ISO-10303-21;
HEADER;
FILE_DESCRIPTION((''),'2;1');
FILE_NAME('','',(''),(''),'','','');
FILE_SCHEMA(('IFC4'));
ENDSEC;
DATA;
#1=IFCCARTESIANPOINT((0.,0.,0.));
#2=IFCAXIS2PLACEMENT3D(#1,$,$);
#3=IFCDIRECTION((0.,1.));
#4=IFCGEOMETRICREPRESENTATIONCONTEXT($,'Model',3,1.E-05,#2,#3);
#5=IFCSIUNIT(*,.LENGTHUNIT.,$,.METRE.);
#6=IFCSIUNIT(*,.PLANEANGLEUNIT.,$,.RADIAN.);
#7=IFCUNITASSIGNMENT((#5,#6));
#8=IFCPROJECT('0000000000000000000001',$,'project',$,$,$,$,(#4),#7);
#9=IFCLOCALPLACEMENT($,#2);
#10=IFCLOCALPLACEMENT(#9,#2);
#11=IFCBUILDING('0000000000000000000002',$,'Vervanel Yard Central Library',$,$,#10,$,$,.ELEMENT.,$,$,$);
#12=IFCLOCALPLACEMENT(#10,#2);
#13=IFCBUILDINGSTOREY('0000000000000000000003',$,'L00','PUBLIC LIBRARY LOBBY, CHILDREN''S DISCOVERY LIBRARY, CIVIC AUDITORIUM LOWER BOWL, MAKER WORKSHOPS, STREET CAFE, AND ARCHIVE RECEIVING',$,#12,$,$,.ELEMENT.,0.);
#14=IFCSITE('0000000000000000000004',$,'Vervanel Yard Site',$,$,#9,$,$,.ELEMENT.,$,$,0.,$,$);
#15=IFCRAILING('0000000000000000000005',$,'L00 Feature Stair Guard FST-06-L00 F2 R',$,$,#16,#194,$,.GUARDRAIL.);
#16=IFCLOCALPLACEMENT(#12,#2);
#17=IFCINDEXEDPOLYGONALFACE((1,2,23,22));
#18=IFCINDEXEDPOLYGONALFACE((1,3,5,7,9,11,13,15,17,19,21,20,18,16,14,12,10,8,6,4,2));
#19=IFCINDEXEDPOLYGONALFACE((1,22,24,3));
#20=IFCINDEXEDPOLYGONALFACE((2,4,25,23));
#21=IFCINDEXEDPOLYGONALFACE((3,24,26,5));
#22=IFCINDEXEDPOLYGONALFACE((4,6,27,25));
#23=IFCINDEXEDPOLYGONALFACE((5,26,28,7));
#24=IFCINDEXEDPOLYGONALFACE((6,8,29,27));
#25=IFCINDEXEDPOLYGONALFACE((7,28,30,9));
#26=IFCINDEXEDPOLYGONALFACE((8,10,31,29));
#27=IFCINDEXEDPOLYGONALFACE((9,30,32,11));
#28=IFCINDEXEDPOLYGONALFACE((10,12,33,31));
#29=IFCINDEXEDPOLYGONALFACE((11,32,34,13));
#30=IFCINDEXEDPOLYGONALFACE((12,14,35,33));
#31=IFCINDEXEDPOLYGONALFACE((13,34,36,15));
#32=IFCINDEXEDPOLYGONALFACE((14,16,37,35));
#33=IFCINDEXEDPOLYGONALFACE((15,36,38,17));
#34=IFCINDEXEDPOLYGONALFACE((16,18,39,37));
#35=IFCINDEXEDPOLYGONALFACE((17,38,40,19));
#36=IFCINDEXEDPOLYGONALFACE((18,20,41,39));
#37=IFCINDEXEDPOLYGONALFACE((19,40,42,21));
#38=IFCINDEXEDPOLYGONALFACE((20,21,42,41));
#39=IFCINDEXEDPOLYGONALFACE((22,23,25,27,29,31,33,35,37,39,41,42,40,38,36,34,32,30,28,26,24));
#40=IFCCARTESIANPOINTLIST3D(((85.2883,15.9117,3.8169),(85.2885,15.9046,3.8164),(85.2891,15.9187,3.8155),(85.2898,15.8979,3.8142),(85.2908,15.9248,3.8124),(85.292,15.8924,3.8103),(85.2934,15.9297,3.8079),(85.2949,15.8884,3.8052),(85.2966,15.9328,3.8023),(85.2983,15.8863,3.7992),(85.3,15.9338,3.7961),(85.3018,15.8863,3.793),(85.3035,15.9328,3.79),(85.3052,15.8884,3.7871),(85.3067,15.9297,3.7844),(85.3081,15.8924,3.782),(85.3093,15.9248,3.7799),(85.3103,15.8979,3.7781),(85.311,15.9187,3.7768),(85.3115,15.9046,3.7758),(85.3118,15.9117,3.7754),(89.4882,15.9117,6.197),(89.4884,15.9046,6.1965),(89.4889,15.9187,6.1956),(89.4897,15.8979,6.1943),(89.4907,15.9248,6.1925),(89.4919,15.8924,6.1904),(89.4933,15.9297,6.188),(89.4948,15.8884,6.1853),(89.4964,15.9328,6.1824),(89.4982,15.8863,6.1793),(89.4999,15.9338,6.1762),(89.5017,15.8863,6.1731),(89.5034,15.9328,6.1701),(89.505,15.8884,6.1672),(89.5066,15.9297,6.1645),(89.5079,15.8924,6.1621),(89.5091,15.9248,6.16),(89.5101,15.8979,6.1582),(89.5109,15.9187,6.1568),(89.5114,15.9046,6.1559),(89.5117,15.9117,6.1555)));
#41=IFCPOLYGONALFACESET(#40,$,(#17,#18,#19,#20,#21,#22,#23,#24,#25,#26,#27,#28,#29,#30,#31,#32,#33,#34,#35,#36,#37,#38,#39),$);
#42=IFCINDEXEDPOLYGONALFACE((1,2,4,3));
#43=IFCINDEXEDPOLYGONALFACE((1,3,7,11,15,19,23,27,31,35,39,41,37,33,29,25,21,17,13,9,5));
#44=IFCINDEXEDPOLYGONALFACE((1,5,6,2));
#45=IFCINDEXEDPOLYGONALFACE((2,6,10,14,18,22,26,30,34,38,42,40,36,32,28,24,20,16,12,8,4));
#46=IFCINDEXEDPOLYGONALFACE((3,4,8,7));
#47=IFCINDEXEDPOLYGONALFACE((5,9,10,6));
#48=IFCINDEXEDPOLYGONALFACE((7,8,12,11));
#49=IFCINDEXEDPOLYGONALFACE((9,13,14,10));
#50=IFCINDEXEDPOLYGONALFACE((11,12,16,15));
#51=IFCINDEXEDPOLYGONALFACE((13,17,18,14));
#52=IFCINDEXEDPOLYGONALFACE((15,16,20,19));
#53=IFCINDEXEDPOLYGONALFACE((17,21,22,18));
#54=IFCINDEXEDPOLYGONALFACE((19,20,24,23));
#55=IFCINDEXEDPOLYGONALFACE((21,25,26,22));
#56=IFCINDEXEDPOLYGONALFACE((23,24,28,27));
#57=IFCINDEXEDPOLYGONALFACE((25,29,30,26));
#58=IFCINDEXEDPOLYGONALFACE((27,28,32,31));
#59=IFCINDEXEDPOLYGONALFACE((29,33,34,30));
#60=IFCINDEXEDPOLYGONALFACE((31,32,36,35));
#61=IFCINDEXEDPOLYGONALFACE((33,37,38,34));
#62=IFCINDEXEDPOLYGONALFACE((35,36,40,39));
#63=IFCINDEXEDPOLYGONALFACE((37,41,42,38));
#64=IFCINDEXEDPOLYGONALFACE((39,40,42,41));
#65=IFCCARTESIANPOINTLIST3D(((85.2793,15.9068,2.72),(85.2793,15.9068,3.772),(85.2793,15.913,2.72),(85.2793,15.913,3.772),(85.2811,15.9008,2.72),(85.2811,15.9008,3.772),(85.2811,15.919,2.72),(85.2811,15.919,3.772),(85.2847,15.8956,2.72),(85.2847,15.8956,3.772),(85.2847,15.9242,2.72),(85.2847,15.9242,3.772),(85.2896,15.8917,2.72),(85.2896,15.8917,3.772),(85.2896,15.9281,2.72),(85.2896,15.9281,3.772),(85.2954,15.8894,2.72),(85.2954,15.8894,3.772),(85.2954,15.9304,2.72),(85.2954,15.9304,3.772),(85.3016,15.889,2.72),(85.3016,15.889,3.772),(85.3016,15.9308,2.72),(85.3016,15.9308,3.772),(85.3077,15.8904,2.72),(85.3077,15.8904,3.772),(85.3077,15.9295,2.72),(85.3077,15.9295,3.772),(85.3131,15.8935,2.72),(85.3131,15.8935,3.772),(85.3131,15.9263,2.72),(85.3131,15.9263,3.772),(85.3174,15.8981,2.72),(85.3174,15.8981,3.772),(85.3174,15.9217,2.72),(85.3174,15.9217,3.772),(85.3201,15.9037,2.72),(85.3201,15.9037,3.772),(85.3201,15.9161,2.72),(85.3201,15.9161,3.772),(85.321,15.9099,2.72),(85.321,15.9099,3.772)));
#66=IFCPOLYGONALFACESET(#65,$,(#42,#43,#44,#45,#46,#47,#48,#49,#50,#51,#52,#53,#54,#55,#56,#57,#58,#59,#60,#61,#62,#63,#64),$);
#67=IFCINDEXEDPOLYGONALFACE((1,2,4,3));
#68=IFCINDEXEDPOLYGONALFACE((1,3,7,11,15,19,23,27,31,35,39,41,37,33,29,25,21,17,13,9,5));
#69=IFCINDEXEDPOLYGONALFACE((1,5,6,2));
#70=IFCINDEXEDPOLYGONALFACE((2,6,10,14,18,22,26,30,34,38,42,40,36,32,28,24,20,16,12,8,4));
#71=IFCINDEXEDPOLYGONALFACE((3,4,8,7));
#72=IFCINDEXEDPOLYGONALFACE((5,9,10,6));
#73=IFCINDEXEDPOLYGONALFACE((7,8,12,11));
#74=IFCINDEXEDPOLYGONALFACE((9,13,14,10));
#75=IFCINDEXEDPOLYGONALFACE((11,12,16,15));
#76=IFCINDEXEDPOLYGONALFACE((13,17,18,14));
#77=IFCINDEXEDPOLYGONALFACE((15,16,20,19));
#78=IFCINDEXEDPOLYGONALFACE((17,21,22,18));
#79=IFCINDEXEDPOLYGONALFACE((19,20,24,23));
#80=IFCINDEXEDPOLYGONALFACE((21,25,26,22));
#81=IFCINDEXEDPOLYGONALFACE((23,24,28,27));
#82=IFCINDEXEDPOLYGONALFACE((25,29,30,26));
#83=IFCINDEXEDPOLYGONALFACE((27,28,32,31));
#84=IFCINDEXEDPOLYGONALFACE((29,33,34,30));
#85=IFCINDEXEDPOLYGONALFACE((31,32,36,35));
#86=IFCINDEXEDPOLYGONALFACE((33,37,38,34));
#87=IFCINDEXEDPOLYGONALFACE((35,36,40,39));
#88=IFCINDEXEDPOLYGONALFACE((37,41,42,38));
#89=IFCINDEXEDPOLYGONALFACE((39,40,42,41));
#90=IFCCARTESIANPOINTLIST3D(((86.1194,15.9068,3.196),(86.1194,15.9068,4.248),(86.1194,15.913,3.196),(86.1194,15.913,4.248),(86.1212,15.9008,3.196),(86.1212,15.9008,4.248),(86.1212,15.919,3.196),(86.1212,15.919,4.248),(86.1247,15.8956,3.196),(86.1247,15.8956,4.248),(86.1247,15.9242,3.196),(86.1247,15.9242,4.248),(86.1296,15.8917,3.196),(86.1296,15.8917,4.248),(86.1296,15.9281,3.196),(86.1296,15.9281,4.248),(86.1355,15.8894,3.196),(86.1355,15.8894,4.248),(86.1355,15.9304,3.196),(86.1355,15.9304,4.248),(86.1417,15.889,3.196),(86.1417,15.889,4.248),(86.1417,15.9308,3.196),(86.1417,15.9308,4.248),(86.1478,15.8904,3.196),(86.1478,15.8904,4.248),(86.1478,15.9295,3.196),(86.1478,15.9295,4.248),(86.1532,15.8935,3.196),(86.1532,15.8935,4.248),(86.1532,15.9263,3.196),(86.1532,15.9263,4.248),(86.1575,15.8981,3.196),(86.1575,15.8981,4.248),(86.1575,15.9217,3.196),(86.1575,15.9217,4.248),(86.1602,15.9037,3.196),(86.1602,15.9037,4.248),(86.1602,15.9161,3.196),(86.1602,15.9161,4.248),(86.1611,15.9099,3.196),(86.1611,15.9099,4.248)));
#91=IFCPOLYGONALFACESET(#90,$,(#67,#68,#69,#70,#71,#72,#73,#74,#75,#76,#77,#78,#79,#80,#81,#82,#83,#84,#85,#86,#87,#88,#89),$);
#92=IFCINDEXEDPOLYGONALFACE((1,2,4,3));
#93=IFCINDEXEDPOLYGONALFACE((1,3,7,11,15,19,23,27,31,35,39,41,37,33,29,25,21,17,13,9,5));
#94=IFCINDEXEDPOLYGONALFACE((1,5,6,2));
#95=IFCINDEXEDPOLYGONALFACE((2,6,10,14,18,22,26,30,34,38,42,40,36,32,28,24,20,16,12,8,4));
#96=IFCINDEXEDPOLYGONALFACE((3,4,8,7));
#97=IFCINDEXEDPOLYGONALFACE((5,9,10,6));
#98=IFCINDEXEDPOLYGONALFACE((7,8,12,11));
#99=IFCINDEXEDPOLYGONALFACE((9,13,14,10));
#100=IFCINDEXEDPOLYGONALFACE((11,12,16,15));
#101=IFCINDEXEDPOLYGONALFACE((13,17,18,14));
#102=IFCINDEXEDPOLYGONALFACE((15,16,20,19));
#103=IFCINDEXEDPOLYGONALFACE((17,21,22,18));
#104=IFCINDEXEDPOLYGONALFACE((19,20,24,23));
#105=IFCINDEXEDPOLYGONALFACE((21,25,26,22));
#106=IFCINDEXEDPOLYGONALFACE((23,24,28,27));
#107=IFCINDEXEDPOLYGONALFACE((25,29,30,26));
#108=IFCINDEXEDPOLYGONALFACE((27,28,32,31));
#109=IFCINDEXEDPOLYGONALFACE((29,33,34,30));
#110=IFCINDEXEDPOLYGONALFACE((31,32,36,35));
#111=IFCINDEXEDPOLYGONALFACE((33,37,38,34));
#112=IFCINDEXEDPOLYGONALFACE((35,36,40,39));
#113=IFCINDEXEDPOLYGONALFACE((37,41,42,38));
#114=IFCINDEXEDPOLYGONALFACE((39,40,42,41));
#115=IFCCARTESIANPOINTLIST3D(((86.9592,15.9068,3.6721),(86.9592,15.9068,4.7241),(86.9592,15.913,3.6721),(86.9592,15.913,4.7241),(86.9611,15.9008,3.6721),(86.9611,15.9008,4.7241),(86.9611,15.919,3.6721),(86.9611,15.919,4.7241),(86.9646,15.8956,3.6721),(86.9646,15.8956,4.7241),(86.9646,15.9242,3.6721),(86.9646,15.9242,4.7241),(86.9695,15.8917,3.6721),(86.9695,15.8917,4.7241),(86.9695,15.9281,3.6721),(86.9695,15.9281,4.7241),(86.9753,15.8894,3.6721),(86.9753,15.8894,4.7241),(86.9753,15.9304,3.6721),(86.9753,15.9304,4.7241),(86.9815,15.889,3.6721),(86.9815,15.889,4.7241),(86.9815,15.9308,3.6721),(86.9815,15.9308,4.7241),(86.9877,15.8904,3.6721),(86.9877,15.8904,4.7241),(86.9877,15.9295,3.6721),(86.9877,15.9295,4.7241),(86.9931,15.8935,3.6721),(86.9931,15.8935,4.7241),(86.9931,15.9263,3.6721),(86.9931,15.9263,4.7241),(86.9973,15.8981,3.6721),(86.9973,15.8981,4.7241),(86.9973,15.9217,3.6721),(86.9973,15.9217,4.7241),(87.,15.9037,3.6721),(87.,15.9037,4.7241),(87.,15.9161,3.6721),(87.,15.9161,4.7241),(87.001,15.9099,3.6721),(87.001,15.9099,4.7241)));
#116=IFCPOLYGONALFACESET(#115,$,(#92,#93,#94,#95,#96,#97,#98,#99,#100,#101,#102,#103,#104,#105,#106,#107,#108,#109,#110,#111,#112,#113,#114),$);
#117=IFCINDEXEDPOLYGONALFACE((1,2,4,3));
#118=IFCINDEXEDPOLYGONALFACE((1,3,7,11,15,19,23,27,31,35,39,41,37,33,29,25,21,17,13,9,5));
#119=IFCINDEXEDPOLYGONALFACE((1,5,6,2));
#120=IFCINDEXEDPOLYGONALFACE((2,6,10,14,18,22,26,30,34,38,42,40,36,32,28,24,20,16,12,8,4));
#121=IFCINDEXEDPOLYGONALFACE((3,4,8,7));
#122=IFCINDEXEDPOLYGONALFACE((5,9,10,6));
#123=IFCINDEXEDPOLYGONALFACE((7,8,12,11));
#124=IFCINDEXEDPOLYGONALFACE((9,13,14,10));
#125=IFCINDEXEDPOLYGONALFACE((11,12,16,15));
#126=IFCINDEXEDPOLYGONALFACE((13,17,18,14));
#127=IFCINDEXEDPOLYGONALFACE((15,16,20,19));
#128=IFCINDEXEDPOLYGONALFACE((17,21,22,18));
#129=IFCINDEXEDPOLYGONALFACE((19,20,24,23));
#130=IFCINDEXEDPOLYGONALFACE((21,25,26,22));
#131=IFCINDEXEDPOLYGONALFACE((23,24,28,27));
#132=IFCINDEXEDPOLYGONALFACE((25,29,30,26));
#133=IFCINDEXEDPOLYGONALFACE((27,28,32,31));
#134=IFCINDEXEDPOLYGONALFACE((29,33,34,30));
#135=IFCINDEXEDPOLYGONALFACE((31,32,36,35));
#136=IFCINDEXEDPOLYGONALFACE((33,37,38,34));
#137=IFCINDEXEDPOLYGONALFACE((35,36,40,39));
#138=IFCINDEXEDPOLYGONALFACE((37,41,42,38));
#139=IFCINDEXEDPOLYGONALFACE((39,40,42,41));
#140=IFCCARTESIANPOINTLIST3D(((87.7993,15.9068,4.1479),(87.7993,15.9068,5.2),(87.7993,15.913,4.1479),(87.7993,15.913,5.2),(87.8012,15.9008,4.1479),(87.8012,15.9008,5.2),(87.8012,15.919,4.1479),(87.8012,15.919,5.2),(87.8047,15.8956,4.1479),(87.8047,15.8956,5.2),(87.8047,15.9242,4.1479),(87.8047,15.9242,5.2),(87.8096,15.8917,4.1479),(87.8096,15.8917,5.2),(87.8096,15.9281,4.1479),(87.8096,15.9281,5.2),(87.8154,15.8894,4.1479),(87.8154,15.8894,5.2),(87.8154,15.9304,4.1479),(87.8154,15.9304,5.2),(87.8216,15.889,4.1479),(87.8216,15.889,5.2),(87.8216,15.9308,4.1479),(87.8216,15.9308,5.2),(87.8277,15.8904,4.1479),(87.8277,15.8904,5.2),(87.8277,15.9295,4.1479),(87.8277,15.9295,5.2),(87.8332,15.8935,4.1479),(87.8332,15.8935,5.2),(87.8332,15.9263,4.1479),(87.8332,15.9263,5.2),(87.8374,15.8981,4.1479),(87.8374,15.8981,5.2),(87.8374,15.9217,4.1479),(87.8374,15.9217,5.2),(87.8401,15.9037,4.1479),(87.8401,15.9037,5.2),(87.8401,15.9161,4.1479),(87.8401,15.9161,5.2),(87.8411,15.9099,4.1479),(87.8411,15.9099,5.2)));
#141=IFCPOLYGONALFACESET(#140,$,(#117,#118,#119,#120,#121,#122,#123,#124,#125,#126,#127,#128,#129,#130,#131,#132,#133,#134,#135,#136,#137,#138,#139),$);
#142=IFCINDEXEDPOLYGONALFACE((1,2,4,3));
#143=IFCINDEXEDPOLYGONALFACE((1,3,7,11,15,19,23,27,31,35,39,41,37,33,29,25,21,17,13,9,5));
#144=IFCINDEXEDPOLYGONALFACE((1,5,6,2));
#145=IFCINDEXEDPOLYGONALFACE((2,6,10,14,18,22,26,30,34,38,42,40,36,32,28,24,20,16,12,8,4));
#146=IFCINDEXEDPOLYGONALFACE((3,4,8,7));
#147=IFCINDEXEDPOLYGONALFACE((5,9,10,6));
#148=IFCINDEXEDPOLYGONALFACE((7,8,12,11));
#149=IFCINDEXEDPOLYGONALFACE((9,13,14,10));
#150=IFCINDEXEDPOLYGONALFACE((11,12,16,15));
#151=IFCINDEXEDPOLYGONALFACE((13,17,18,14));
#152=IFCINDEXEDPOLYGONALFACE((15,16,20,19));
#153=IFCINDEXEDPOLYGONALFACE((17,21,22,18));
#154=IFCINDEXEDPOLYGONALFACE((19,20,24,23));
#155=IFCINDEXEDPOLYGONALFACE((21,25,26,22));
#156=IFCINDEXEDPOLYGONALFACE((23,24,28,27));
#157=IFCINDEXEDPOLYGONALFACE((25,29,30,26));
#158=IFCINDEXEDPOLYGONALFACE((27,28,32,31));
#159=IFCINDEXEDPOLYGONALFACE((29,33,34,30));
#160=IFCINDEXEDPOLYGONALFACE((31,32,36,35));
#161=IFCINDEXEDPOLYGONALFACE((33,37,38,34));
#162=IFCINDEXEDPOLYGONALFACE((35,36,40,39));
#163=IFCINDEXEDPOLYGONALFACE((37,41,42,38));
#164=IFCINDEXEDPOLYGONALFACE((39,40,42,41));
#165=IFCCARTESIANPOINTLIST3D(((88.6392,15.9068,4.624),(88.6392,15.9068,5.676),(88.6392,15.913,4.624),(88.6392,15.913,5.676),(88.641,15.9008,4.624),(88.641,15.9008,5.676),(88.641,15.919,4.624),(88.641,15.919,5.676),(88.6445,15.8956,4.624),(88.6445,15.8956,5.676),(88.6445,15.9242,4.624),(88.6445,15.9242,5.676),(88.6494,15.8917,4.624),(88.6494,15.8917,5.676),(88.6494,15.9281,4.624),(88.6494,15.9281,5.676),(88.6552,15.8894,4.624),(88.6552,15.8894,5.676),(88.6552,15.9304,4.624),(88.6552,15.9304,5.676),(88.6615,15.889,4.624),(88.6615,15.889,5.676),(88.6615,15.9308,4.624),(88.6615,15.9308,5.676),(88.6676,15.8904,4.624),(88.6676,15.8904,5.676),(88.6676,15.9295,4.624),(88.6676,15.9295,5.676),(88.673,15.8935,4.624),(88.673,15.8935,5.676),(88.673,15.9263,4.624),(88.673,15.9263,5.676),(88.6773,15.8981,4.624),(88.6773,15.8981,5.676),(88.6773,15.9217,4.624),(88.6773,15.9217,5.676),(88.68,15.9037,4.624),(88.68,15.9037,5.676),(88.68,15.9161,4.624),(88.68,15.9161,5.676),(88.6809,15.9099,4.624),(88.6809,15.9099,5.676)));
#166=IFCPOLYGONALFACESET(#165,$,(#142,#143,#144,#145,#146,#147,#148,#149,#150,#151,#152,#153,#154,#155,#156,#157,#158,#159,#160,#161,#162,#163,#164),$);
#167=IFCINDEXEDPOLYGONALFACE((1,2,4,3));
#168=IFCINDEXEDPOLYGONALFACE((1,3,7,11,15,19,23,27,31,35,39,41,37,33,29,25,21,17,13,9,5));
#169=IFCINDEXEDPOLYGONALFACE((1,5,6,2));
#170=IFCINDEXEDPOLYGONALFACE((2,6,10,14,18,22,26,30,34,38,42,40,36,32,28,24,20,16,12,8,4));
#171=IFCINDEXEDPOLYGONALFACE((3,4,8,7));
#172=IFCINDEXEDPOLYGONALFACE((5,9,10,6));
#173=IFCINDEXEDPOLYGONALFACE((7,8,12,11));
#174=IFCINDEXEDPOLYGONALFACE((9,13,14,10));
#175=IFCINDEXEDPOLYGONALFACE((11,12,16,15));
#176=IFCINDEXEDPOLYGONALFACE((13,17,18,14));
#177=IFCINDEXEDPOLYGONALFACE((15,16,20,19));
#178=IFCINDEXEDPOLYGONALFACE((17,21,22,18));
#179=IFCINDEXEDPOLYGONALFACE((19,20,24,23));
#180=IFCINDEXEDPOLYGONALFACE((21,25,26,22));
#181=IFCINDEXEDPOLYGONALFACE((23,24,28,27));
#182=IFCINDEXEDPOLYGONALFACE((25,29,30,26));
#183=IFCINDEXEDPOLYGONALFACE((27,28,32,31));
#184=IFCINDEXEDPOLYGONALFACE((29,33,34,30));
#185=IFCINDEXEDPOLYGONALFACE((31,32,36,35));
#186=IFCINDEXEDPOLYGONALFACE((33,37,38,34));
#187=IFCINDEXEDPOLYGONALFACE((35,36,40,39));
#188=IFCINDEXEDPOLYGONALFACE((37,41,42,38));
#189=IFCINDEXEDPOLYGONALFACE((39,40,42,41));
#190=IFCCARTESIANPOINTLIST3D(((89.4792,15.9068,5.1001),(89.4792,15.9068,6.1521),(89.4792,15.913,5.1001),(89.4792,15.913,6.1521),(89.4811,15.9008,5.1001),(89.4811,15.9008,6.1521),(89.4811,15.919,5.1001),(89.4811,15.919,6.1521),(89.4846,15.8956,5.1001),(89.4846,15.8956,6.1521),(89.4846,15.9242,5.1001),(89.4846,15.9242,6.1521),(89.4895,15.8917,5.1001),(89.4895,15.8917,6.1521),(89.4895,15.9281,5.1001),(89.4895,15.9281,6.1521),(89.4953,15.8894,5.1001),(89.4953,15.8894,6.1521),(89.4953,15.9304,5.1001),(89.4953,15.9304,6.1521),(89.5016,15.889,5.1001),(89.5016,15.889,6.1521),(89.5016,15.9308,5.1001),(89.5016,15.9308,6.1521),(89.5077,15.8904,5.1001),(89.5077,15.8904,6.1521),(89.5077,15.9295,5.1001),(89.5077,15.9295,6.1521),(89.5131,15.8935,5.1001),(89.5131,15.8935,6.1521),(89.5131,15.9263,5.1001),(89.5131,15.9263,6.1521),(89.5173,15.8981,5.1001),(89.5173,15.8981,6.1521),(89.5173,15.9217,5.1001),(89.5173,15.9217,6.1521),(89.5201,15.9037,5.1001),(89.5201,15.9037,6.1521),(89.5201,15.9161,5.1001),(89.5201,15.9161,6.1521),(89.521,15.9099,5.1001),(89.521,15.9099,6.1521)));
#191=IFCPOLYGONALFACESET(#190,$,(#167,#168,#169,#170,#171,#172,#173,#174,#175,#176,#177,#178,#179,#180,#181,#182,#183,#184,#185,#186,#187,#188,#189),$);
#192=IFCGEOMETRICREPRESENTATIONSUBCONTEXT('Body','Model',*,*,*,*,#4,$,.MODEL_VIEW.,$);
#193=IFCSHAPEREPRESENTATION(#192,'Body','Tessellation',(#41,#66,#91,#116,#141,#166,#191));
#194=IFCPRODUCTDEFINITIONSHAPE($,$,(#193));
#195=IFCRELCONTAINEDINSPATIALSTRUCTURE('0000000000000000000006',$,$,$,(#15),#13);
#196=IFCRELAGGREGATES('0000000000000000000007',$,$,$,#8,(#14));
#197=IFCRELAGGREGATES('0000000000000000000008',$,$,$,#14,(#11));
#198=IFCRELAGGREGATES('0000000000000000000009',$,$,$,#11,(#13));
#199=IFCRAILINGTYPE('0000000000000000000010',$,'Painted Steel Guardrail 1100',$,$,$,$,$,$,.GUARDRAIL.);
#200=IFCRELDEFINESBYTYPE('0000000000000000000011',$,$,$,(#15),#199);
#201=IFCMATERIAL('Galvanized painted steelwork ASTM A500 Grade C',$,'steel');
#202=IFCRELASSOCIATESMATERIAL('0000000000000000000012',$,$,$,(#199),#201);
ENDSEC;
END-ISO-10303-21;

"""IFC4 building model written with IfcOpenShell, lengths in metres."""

from ifc_helpers import new_model, si_unit, direction, frame, origin, origin_2d, place, context, subcontext, project, spatial, circle, extrude, material, type_object, element, save


model = new_model("IFC4")

# Units and contexts
model_context = context("Model", 3, precision=1e-05, world=origin(), true_north=direction((0.0, 1.0)))
body_context = subcontext(model_context, "Body", "Model", "MODEL_VIEW")
ifc_project = project(units=[si_unit("LENGTHUNIT", "METRE"), si_unit("PLANEANGLEUNIT", "RADIAN")], contexts=[model_context])

# Site, building, storey
site_placement = place(None, origin())
site = spatial("IfcSite", under=ifc_project, at=site_placement, Name="Vervanel Yard Site", CompositionType="ELEMENT", RefElevation=0.0)
building_placement = place(site_placement, origin())
building = spatial("IfcBuilding", under=site, at=building_placement, Name="Vervanel Yard Central Library", CompositionType="ELEMENT")
storey_placement = place(building_placement, origin())
storey = spatial("IfcBuildingStorey", under=building, at=storey_placement, Name="L00", Description="PUBLIC LIBRARY LOBBY, CHILDREN'S DISCOVERY LIBRARY, CIVIC AUDITORIUM LOWER BOWL, MAKER WORKSHOPS, STREET CAFE, AND ARCHIVE RECEIVING", CompositionType="ELEMENT", Elevation=0.0)

# Railing
ifc_material_1 = material(Name="Galvanized painted steelwork ASTM A500 Grade C", Category="steel")
railing_type = type_object("IfcRailingType", Name="Painted Steel Guardrail 1100", PredefinedType="GUARDRAIL", material=ifc_material_1)
for number, where, name in (
    (1, (85.3, 15.9099, 2.72), "L00 Feature Stair Guard FST-06-L00 F2 R"),
):
    element("IfcRailing", number, at=place(storey_placement, frame(where)), inside=storey, type_object=railing_type, Name=name, PredefinedType="GUARDRAIL", context=body_context, shape_type="SweptSolid", body=[
        extrude(circle(Radius=0.0239, at=origin_2d()), frame((0.0, 0.0, 1.0762), z_axis=(0.870008, 0.0, 0.493037), x_axis=(0.0, 1.0, 0.0)), (0.0, 0.0, 1.0), 4.8274),
        extrude(circle(Radius=0.021, at=origin_2d()), origin(), (0.0, 0.0, 1.0), 1.052),
        extrude(circle(Radius=0.021, at=origin_2d()), frame((0.8401, 0.0, 0.4761)), (0.0, 0.0, 1.0), 1.052),
        extrude(circle(Radius=0.021, at=origin_2d()), frame((1.6799, 0.0, 0.9521)), (0.0, 0.0, 1.0), 1.052),
        extrude(circle(Radius=0.021, at=origin_2d()), frame((2.52, 0.0, 1.428)), (0.0, 0.0, 1.0), 1.052),
        extrude(circle(Radius=0.021, at=origin_2d()), frame((3.3599, 0.0, 1.9041)), (0.0, 0.0, 1.0), 1.052),
        extrude(circle(Radius=0.021, at=origin_2d()), frame((4.2, 0.0, 2.3801)), (0.0, 0.0, 1.0), 1.052),
    ])

save(model, "model.ifc")
